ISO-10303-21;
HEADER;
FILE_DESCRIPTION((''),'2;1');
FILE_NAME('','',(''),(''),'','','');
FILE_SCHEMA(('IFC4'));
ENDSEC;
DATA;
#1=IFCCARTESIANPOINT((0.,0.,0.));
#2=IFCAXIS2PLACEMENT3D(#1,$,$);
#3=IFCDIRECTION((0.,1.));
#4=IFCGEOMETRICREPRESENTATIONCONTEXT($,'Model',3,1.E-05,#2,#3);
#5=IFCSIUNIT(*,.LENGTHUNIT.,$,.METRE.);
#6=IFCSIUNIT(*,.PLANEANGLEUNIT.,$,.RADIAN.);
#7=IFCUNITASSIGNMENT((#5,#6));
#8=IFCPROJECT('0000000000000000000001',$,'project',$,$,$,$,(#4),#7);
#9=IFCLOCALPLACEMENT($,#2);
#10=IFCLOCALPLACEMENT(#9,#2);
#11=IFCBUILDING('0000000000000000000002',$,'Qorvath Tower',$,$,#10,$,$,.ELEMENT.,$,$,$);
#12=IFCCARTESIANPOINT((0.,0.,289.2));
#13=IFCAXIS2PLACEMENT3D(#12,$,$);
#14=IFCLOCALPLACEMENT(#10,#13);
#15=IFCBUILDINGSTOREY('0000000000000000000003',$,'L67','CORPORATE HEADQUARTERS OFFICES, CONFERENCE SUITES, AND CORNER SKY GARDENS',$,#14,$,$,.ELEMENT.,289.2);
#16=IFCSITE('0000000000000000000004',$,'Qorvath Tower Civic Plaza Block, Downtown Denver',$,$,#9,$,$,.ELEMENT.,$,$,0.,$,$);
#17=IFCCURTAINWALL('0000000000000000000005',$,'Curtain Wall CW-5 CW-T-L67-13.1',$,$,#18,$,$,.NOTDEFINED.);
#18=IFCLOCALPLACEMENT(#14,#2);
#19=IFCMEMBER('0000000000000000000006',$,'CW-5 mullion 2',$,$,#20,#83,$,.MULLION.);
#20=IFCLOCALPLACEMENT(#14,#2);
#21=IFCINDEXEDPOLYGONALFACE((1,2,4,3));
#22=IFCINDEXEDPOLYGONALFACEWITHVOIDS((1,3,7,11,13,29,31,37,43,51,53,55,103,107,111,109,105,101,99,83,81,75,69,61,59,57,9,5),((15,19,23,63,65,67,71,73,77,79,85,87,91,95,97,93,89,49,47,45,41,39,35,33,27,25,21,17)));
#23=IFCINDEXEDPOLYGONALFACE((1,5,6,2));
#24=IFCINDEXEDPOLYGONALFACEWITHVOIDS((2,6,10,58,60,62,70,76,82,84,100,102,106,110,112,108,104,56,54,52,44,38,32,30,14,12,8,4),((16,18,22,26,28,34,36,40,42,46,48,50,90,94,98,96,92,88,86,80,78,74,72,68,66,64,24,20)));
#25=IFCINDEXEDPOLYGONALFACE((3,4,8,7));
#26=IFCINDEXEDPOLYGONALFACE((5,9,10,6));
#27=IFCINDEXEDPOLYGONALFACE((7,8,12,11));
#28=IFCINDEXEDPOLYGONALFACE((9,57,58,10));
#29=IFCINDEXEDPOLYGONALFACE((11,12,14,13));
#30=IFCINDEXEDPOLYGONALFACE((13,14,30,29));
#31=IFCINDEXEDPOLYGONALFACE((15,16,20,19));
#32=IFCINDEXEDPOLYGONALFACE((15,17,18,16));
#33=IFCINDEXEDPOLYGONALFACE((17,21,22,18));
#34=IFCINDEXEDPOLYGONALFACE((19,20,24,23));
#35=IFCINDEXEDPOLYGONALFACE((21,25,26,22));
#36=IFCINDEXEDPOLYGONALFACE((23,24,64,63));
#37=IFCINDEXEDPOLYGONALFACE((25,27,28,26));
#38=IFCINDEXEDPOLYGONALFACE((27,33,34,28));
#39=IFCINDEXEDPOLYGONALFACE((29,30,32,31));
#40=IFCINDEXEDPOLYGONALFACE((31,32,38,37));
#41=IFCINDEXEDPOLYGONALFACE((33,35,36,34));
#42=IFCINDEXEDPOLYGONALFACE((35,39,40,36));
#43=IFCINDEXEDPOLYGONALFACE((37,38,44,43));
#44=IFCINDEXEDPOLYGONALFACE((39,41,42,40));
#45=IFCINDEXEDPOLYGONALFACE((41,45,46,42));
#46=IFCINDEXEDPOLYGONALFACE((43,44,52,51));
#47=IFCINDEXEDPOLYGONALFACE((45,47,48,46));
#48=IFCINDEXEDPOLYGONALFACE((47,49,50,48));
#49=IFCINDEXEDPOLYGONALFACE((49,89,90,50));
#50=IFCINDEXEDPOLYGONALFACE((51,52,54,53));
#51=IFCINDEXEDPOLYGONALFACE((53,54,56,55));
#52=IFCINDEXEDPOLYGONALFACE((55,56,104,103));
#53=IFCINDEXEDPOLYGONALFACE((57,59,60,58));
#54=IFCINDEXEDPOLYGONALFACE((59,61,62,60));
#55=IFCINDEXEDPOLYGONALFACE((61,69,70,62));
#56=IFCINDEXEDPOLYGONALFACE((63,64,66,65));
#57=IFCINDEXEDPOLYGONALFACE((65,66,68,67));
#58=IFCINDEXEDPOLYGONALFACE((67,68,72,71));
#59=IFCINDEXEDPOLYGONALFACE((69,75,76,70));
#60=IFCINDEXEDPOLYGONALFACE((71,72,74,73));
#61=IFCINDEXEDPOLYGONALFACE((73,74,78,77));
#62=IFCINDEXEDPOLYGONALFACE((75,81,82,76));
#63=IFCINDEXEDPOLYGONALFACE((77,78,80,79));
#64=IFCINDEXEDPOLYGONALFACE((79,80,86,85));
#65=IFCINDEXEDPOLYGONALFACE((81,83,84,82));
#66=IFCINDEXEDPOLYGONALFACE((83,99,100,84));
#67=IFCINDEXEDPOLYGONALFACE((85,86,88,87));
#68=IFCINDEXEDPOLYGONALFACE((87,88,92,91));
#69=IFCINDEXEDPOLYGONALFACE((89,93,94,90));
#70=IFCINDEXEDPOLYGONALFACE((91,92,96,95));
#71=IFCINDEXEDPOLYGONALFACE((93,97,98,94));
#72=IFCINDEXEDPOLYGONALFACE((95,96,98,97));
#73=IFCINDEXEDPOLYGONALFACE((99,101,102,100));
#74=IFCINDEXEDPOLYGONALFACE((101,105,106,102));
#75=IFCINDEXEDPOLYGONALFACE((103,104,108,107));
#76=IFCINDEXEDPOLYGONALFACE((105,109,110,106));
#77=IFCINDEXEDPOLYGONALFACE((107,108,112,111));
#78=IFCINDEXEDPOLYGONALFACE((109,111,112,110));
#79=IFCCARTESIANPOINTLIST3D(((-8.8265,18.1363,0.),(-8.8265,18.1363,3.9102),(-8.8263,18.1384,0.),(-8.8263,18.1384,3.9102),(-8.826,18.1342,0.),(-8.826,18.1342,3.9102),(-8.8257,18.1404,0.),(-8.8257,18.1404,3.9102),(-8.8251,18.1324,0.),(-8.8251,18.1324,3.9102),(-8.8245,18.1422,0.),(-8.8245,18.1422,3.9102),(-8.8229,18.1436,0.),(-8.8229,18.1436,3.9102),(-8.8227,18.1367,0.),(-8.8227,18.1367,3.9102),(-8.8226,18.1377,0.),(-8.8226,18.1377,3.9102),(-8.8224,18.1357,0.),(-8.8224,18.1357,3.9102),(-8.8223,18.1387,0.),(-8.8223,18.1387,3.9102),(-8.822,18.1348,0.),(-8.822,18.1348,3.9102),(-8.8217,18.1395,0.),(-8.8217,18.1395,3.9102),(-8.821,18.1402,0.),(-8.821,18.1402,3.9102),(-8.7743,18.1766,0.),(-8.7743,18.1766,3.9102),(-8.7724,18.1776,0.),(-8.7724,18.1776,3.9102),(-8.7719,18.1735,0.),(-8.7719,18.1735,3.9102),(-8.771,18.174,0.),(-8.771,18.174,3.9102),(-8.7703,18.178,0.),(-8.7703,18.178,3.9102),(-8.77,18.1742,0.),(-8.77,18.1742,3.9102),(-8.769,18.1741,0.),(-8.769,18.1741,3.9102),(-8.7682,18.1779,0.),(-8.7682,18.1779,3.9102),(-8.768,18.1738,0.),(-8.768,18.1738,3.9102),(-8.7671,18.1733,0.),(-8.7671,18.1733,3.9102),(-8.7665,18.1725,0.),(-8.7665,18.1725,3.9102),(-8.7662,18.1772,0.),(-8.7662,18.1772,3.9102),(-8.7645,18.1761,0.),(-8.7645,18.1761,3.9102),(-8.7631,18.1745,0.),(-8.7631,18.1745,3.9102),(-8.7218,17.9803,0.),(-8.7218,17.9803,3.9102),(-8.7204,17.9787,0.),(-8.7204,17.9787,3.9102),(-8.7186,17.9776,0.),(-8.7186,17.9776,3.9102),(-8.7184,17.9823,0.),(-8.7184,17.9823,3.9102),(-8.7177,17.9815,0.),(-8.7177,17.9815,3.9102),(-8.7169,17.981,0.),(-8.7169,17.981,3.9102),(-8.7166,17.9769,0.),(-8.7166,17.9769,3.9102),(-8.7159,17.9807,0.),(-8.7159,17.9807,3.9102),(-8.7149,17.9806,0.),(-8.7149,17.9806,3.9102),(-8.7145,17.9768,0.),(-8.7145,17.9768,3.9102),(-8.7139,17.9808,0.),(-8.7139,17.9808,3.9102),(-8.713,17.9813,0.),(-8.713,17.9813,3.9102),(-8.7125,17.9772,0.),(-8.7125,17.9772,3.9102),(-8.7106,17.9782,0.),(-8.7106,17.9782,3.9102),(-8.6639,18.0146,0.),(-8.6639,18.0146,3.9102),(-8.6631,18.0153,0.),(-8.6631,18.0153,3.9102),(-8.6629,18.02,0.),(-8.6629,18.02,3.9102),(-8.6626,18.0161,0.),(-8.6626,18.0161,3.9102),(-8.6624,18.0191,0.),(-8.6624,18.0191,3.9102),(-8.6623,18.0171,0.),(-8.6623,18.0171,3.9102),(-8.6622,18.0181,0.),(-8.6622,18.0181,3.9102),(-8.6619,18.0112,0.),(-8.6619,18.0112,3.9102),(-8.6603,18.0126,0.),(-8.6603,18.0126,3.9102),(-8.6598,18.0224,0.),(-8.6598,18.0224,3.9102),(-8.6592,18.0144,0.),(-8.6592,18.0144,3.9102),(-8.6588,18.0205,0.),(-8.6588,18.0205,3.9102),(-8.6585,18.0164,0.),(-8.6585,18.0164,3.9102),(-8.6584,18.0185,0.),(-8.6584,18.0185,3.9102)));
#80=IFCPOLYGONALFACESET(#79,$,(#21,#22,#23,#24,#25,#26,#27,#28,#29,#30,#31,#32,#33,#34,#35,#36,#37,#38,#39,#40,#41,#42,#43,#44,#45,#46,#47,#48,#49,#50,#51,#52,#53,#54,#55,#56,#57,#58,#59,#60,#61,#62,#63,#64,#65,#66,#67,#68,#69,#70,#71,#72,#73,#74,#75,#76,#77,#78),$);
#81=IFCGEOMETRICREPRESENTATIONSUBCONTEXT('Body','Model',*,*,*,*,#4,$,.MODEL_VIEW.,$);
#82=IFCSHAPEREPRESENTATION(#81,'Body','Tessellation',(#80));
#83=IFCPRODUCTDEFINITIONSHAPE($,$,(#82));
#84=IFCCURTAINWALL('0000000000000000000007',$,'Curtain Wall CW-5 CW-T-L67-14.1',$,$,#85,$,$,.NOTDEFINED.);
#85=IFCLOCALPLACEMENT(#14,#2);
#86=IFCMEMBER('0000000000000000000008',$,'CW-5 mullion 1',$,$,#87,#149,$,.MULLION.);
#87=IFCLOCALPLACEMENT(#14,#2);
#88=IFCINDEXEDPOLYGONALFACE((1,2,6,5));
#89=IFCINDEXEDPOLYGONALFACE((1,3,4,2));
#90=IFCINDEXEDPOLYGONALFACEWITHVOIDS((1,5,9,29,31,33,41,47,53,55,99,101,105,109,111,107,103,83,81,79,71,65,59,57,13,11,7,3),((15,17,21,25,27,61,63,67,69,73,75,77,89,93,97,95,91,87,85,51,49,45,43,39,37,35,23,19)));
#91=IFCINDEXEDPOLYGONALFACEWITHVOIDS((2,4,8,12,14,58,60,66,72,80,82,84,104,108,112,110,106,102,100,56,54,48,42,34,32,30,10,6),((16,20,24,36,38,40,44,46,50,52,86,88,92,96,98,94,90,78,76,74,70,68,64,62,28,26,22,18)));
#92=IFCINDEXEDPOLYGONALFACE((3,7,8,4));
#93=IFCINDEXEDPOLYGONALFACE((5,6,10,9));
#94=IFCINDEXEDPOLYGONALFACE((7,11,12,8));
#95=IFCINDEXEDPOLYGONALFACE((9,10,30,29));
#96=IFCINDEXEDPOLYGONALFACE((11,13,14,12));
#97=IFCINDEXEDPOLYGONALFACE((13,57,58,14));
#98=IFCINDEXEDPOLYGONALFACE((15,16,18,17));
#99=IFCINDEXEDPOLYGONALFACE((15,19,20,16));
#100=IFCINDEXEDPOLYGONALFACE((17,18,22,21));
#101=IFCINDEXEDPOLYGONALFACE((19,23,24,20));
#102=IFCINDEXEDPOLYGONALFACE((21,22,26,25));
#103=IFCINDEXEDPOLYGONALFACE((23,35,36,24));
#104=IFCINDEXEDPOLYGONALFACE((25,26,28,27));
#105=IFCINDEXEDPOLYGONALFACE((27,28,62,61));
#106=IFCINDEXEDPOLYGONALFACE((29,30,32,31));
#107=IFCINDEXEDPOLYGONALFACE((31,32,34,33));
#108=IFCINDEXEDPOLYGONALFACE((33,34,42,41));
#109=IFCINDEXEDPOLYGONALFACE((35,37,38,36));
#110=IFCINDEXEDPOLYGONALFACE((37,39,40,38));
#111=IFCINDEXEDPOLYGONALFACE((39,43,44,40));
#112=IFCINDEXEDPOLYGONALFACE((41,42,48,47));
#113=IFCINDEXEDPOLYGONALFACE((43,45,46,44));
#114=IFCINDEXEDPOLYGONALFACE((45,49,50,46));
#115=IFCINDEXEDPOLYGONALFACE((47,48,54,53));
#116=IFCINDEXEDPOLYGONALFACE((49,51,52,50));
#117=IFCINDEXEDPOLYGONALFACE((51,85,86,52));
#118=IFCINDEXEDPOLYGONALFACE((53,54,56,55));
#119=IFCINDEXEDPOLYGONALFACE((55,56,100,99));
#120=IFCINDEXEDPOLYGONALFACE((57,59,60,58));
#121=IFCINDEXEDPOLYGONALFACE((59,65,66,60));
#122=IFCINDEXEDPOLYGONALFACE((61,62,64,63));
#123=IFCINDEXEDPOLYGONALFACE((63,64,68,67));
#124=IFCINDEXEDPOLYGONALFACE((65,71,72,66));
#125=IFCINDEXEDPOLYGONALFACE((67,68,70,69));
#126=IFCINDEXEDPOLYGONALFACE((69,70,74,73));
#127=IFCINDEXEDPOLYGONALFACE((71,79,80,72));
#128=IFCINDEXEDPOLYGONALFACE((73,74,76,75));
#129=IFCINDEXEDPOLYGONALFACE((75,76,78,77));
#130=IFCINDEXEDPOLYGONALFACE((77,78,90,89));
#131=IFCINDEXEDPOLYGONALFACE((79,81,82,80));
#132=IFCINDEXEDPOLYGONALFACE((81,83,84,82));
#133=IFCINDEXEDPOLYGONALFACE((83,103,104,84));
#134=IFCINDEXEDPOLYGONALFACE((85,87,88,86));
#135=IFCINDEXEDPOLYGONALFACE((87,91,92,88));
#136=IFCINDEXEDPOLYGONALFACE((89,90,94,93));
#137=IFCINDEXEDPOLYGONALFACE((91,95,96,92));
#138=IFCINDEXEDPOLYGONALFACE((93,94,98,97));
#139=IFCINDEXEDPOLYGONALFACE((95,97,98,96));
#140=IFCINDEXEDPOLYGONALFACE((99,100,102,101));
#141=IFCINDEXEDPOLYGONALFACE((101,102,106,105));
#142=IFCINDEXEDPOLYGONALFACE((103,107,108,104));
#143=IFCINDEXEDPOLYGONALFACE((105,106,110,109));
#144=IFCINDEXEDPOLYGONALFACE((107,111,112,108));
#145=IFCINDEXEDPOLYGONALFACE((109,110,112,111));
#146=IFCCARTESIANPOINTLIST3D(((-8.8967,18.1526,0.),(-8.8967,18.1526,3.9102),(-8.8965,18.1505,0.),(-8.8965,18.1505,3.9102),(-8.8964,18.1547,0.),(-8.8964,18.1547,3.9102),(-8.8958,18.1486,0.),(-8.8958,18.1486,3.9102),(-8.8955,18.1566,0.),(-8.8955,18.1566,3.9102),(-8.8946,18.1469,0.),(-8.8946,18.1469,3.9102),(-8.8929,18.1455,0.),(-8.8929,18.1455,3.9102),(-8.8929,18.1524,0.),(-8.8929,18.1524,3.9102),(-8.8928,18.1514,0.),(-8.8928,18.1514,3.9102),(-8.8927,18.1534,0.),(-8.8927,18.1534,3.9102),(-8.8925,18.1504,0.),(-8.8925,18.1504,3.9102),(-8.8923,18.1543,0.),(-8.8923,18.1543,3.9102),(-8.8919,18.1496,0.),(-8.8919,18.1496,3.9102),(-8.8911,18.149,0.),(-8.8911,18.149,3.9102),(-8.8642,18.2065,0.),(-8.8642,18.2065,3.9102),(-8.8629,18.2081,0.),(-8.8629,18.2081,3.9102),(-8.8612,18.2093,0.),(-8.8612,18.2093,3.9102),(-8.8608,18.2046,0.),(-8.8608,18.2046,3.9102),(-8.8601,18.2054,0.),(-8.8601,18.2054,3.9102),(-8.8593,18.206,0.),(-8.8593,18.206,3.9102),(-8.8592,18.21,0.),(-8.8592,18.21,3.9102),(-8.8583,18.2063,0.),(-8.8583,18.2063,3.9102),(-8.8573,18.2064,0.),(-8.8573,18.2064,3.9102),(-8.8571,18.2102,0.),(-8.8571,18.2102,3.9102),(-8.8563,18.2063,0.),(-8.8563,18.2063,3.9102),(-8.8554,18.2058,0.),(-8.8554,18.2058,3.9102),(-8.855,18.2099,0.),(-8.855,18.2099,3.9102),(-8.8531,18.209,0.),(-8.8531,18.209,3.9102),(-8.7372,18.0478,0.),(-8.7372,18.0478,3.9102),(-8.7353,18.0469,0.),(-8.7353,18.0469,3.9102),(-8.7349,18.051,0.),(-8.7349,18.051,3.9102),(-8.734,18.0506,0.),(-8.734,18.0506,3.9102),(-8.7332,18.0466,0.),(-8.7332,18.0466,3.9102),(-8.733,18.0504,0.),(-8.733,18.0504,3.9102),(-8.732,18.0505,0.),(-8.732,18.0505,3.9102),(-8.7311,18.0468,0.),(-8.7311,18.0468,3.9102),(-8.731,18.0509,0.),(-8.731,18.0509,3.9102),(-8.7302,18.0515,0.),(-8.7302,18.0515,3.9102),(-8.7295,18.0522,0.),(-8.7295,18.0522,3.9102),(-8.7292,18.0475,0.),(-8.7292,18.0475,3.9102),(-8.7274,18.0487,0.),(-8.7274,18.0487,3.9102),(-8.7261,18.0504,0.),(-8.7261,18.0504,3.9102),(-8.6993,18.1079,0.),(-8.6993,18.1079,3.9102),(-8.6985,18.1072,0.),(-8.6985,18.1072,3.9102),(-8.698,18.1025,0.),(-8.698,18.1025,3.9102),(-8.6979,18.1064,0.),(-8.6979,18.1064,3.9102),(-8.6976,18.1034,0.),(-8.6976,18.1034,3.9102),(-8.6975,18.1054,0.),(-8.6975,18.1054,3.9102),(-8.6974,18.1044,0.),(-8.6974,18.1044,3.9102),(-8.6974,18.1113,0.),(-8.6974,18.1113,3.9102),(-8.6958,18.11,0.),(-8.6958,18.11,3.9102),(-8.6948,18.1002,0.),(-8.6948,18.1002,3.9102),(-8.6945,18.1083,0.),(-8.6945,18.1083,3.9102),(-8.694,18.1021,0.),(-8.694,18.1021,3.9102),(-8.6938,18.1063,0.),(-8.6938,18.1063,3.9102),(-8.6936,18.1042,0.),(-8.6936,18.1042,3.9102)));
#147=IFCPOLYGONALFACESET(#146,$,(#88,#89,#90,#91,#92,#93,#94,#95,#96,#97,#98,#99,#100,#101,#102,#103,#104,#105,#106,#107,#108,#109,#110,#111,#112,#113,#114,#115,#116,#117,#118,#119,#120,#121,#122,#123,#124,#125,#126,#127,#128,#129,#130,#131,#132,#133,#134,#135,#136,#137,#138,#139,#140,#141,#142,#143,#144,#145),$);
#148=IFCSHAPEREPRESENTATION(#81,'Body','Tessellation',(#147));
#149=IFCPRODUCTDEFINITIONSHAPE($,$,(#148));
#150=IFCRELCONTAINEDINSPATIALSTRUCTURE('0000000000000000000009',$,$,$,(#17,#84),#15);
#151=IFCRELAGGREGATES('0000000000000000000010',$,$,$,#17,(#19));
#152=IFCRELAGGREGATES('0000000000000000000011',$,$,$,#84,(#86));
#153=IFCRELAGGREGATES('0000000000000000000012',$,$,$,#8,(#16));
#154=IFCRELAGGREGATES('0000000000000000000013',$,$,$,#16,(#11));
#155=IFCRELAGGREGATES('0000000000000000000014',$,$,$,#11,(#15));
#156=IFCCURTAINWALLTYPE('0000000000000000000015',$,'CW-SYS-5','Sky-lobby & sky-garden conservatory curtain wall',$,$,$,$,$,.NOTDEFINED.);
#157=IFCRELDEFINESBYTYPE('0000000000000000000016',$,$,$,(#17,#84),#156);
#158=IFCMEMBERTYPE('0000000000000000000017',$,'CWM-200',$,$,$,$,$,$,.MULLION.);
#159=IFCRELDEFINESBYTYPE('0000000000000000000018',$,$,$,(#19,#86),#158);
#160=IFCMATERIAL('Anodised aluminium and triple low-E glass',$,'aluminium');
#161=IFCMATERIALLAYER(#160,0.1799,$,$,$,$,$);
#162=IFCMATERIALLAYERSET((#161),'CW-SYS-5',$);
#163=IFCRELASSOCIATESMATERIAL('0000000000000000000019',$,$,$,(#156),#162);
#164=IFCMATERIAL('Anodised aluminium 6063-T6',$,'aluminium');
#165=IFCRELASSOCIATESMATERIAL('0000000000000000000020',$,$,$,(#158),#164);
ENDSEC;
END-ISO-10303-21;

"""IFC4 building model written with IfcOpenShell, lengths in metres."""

from ifc_helpers import new_model, si_unit, direction, frame, origin, origin_2d, place, context, subcontext, project, spatial, hollow_rectangle, extrude, material, layer, layer_set, material_profile, profile_set, type_object, element, aggregate, save


model = new_model("IFC4")

# Units and contexts
model_context = context("Model", 3, precision=1e-05, world=origin(), true_north=direction((0.0, 1.0)))
body_context = subcontext(model_context, "Body", "Model", "MODEL_VIEW")
ifc_project = project(units=[si_unit("LENGTHUNIT", "METRE"), si_unit("PLANEANGLEUNIT", "RADIAN")], contexts=[model_context])

# Site, building, storey
site_placement = place(None, origin())
site = spatial("IfcSite", under=ifc_project, at=site_placement, Name="Qorvath Tower Civic Plaza Block, Downtown Denver", CompositionType="ELEMENT", RefElevation=0.0)
building_placement = place(site_placement, origin())
building = spatial("IfcBuilding", under=site, at=building_placement, Name="Qorvath Tower", CompositionType="ELEMENT")
storey_placement = place(building_placement, frame((0.0, 0.0, 289.2)))
storey = spatial("IfcBuildingStorey", under=building, at=storey_placement, Name="L67", Description="CORPORATE HEADQUARTERS OFFICES, CONFERENCE SUITES, AND CORNER SKY GARDENS", CompositionType="ELEMENT", Elevation=289.2)

# Shared definitions
ifc_material_1 = material(Name="Anodised aluminium and triple low-E glass", Category="aluminium")
ifc_layer_1 = layer(ifc_material_1, 0.1799)
ifc_layer_set_1 = layer_set([ifc_layer_1], Name="CW-SYS-5")
curtain_wall_type = type_object("IfcCurtainWallType", Name="CW-SYS-5", Description="Sky-lobby & sky-garden conservatory curtain wall", PredefinedType="NOTDEFINED", material=ifc_layer_set_1)
ifc_material_2 = material(Name="Anodised aluminium 6063-T6", Category="aluminium")
ifc_material_profile_1 = material_profile(ifc_material_2, hollow_rectangle(XDim=0.075, YDim=0.2, WallThickness=0.0039, InnerFilletRadius=0.0039, OuterFilletRadius=0.0081, at=origin_2d()), Name="CWM 200x75")
ifc_profile_set_1 = profile_set([ifc_material_profile_1], Name="Anodised aluminium 6063-T6")
member_type_1 = type_object("IfcMemberType", Name="CWM-200", PredefinedType="MULLION", material=ifc_profile_set_1)

# Curtain walls, members
curtain_wall_1_placement = place(storey_placement, origin())
curtain_wall_1 = element("IfcCurtainWall", 1, at=curtain_wall_1_placement, inside=storey, type_object=curtain_wall_type, Name="Curtain Wall CW-5 CW-T-L67-13.1", PredefinedType="NOTDEFINED")
member_1_placement = place(storey_placement, frame((-8.7424, 18.0774, 0.0), z_axis=(0.0, 0.0, 1.0), x_axis=(-0.827172, -0.561949, 0.0)))
member_1 = element("IfcMember", 2, at=member_1_placement, type_object=member_type_1, Name="CW-5 mullion 2", PredefinedType="MULLION", context=body_context, shape_type="SweptSolid", body=[
    extrude(hollow_rectangle(XDim=0.075, YDim=0.2, WallThickness=0.0039, InnerFilletRadius=0.0039, OuterFilletRadius=0.0081, at=origin_2d()), origin(), (0.0, 0.0, 1.0), 3.9102),
])
curtain_wall_2_placement = place(storey_placement, origin())
curtain_wall_2 = element("IfcCurtainWall", 3, at=curtain_wall_2_placement, inside=storey, type_object=curtain_wall_type, Name="Curtain Wall CW-5 CW-T-L67-14.1", PredefinedType="NOTDEFINED")
member_2_placement = place(storey_placement, frame((-8.7952, 18.1284, 0.0), z_axis=(0.0, 0.0, 1.0), x_axis=(-0.531406, -0.847117, 0.0)))
member_2 = element("IfcMember", 4, at=member_2_placement, type_object=member_type_1, Name="CW-5 mullion 1", PredefinedType="MULLION", context=body_context, shape_type="SweptSolid", body=[
    extrude(hollow_rectangle(XDim=0.075, YDim=0.2, WallThickness=0.0039, InnerFilletRadius=0.0039, OuterFilletRadius=0.0081, at=origin_2d()), origin(), (0.0, 0.0, 1.0), 3.9102),
])

aggregate(curtain_wall_1, [member_1])
aggregate(curtain_wall_2, [member_2])

save(model, "model.ifc")
